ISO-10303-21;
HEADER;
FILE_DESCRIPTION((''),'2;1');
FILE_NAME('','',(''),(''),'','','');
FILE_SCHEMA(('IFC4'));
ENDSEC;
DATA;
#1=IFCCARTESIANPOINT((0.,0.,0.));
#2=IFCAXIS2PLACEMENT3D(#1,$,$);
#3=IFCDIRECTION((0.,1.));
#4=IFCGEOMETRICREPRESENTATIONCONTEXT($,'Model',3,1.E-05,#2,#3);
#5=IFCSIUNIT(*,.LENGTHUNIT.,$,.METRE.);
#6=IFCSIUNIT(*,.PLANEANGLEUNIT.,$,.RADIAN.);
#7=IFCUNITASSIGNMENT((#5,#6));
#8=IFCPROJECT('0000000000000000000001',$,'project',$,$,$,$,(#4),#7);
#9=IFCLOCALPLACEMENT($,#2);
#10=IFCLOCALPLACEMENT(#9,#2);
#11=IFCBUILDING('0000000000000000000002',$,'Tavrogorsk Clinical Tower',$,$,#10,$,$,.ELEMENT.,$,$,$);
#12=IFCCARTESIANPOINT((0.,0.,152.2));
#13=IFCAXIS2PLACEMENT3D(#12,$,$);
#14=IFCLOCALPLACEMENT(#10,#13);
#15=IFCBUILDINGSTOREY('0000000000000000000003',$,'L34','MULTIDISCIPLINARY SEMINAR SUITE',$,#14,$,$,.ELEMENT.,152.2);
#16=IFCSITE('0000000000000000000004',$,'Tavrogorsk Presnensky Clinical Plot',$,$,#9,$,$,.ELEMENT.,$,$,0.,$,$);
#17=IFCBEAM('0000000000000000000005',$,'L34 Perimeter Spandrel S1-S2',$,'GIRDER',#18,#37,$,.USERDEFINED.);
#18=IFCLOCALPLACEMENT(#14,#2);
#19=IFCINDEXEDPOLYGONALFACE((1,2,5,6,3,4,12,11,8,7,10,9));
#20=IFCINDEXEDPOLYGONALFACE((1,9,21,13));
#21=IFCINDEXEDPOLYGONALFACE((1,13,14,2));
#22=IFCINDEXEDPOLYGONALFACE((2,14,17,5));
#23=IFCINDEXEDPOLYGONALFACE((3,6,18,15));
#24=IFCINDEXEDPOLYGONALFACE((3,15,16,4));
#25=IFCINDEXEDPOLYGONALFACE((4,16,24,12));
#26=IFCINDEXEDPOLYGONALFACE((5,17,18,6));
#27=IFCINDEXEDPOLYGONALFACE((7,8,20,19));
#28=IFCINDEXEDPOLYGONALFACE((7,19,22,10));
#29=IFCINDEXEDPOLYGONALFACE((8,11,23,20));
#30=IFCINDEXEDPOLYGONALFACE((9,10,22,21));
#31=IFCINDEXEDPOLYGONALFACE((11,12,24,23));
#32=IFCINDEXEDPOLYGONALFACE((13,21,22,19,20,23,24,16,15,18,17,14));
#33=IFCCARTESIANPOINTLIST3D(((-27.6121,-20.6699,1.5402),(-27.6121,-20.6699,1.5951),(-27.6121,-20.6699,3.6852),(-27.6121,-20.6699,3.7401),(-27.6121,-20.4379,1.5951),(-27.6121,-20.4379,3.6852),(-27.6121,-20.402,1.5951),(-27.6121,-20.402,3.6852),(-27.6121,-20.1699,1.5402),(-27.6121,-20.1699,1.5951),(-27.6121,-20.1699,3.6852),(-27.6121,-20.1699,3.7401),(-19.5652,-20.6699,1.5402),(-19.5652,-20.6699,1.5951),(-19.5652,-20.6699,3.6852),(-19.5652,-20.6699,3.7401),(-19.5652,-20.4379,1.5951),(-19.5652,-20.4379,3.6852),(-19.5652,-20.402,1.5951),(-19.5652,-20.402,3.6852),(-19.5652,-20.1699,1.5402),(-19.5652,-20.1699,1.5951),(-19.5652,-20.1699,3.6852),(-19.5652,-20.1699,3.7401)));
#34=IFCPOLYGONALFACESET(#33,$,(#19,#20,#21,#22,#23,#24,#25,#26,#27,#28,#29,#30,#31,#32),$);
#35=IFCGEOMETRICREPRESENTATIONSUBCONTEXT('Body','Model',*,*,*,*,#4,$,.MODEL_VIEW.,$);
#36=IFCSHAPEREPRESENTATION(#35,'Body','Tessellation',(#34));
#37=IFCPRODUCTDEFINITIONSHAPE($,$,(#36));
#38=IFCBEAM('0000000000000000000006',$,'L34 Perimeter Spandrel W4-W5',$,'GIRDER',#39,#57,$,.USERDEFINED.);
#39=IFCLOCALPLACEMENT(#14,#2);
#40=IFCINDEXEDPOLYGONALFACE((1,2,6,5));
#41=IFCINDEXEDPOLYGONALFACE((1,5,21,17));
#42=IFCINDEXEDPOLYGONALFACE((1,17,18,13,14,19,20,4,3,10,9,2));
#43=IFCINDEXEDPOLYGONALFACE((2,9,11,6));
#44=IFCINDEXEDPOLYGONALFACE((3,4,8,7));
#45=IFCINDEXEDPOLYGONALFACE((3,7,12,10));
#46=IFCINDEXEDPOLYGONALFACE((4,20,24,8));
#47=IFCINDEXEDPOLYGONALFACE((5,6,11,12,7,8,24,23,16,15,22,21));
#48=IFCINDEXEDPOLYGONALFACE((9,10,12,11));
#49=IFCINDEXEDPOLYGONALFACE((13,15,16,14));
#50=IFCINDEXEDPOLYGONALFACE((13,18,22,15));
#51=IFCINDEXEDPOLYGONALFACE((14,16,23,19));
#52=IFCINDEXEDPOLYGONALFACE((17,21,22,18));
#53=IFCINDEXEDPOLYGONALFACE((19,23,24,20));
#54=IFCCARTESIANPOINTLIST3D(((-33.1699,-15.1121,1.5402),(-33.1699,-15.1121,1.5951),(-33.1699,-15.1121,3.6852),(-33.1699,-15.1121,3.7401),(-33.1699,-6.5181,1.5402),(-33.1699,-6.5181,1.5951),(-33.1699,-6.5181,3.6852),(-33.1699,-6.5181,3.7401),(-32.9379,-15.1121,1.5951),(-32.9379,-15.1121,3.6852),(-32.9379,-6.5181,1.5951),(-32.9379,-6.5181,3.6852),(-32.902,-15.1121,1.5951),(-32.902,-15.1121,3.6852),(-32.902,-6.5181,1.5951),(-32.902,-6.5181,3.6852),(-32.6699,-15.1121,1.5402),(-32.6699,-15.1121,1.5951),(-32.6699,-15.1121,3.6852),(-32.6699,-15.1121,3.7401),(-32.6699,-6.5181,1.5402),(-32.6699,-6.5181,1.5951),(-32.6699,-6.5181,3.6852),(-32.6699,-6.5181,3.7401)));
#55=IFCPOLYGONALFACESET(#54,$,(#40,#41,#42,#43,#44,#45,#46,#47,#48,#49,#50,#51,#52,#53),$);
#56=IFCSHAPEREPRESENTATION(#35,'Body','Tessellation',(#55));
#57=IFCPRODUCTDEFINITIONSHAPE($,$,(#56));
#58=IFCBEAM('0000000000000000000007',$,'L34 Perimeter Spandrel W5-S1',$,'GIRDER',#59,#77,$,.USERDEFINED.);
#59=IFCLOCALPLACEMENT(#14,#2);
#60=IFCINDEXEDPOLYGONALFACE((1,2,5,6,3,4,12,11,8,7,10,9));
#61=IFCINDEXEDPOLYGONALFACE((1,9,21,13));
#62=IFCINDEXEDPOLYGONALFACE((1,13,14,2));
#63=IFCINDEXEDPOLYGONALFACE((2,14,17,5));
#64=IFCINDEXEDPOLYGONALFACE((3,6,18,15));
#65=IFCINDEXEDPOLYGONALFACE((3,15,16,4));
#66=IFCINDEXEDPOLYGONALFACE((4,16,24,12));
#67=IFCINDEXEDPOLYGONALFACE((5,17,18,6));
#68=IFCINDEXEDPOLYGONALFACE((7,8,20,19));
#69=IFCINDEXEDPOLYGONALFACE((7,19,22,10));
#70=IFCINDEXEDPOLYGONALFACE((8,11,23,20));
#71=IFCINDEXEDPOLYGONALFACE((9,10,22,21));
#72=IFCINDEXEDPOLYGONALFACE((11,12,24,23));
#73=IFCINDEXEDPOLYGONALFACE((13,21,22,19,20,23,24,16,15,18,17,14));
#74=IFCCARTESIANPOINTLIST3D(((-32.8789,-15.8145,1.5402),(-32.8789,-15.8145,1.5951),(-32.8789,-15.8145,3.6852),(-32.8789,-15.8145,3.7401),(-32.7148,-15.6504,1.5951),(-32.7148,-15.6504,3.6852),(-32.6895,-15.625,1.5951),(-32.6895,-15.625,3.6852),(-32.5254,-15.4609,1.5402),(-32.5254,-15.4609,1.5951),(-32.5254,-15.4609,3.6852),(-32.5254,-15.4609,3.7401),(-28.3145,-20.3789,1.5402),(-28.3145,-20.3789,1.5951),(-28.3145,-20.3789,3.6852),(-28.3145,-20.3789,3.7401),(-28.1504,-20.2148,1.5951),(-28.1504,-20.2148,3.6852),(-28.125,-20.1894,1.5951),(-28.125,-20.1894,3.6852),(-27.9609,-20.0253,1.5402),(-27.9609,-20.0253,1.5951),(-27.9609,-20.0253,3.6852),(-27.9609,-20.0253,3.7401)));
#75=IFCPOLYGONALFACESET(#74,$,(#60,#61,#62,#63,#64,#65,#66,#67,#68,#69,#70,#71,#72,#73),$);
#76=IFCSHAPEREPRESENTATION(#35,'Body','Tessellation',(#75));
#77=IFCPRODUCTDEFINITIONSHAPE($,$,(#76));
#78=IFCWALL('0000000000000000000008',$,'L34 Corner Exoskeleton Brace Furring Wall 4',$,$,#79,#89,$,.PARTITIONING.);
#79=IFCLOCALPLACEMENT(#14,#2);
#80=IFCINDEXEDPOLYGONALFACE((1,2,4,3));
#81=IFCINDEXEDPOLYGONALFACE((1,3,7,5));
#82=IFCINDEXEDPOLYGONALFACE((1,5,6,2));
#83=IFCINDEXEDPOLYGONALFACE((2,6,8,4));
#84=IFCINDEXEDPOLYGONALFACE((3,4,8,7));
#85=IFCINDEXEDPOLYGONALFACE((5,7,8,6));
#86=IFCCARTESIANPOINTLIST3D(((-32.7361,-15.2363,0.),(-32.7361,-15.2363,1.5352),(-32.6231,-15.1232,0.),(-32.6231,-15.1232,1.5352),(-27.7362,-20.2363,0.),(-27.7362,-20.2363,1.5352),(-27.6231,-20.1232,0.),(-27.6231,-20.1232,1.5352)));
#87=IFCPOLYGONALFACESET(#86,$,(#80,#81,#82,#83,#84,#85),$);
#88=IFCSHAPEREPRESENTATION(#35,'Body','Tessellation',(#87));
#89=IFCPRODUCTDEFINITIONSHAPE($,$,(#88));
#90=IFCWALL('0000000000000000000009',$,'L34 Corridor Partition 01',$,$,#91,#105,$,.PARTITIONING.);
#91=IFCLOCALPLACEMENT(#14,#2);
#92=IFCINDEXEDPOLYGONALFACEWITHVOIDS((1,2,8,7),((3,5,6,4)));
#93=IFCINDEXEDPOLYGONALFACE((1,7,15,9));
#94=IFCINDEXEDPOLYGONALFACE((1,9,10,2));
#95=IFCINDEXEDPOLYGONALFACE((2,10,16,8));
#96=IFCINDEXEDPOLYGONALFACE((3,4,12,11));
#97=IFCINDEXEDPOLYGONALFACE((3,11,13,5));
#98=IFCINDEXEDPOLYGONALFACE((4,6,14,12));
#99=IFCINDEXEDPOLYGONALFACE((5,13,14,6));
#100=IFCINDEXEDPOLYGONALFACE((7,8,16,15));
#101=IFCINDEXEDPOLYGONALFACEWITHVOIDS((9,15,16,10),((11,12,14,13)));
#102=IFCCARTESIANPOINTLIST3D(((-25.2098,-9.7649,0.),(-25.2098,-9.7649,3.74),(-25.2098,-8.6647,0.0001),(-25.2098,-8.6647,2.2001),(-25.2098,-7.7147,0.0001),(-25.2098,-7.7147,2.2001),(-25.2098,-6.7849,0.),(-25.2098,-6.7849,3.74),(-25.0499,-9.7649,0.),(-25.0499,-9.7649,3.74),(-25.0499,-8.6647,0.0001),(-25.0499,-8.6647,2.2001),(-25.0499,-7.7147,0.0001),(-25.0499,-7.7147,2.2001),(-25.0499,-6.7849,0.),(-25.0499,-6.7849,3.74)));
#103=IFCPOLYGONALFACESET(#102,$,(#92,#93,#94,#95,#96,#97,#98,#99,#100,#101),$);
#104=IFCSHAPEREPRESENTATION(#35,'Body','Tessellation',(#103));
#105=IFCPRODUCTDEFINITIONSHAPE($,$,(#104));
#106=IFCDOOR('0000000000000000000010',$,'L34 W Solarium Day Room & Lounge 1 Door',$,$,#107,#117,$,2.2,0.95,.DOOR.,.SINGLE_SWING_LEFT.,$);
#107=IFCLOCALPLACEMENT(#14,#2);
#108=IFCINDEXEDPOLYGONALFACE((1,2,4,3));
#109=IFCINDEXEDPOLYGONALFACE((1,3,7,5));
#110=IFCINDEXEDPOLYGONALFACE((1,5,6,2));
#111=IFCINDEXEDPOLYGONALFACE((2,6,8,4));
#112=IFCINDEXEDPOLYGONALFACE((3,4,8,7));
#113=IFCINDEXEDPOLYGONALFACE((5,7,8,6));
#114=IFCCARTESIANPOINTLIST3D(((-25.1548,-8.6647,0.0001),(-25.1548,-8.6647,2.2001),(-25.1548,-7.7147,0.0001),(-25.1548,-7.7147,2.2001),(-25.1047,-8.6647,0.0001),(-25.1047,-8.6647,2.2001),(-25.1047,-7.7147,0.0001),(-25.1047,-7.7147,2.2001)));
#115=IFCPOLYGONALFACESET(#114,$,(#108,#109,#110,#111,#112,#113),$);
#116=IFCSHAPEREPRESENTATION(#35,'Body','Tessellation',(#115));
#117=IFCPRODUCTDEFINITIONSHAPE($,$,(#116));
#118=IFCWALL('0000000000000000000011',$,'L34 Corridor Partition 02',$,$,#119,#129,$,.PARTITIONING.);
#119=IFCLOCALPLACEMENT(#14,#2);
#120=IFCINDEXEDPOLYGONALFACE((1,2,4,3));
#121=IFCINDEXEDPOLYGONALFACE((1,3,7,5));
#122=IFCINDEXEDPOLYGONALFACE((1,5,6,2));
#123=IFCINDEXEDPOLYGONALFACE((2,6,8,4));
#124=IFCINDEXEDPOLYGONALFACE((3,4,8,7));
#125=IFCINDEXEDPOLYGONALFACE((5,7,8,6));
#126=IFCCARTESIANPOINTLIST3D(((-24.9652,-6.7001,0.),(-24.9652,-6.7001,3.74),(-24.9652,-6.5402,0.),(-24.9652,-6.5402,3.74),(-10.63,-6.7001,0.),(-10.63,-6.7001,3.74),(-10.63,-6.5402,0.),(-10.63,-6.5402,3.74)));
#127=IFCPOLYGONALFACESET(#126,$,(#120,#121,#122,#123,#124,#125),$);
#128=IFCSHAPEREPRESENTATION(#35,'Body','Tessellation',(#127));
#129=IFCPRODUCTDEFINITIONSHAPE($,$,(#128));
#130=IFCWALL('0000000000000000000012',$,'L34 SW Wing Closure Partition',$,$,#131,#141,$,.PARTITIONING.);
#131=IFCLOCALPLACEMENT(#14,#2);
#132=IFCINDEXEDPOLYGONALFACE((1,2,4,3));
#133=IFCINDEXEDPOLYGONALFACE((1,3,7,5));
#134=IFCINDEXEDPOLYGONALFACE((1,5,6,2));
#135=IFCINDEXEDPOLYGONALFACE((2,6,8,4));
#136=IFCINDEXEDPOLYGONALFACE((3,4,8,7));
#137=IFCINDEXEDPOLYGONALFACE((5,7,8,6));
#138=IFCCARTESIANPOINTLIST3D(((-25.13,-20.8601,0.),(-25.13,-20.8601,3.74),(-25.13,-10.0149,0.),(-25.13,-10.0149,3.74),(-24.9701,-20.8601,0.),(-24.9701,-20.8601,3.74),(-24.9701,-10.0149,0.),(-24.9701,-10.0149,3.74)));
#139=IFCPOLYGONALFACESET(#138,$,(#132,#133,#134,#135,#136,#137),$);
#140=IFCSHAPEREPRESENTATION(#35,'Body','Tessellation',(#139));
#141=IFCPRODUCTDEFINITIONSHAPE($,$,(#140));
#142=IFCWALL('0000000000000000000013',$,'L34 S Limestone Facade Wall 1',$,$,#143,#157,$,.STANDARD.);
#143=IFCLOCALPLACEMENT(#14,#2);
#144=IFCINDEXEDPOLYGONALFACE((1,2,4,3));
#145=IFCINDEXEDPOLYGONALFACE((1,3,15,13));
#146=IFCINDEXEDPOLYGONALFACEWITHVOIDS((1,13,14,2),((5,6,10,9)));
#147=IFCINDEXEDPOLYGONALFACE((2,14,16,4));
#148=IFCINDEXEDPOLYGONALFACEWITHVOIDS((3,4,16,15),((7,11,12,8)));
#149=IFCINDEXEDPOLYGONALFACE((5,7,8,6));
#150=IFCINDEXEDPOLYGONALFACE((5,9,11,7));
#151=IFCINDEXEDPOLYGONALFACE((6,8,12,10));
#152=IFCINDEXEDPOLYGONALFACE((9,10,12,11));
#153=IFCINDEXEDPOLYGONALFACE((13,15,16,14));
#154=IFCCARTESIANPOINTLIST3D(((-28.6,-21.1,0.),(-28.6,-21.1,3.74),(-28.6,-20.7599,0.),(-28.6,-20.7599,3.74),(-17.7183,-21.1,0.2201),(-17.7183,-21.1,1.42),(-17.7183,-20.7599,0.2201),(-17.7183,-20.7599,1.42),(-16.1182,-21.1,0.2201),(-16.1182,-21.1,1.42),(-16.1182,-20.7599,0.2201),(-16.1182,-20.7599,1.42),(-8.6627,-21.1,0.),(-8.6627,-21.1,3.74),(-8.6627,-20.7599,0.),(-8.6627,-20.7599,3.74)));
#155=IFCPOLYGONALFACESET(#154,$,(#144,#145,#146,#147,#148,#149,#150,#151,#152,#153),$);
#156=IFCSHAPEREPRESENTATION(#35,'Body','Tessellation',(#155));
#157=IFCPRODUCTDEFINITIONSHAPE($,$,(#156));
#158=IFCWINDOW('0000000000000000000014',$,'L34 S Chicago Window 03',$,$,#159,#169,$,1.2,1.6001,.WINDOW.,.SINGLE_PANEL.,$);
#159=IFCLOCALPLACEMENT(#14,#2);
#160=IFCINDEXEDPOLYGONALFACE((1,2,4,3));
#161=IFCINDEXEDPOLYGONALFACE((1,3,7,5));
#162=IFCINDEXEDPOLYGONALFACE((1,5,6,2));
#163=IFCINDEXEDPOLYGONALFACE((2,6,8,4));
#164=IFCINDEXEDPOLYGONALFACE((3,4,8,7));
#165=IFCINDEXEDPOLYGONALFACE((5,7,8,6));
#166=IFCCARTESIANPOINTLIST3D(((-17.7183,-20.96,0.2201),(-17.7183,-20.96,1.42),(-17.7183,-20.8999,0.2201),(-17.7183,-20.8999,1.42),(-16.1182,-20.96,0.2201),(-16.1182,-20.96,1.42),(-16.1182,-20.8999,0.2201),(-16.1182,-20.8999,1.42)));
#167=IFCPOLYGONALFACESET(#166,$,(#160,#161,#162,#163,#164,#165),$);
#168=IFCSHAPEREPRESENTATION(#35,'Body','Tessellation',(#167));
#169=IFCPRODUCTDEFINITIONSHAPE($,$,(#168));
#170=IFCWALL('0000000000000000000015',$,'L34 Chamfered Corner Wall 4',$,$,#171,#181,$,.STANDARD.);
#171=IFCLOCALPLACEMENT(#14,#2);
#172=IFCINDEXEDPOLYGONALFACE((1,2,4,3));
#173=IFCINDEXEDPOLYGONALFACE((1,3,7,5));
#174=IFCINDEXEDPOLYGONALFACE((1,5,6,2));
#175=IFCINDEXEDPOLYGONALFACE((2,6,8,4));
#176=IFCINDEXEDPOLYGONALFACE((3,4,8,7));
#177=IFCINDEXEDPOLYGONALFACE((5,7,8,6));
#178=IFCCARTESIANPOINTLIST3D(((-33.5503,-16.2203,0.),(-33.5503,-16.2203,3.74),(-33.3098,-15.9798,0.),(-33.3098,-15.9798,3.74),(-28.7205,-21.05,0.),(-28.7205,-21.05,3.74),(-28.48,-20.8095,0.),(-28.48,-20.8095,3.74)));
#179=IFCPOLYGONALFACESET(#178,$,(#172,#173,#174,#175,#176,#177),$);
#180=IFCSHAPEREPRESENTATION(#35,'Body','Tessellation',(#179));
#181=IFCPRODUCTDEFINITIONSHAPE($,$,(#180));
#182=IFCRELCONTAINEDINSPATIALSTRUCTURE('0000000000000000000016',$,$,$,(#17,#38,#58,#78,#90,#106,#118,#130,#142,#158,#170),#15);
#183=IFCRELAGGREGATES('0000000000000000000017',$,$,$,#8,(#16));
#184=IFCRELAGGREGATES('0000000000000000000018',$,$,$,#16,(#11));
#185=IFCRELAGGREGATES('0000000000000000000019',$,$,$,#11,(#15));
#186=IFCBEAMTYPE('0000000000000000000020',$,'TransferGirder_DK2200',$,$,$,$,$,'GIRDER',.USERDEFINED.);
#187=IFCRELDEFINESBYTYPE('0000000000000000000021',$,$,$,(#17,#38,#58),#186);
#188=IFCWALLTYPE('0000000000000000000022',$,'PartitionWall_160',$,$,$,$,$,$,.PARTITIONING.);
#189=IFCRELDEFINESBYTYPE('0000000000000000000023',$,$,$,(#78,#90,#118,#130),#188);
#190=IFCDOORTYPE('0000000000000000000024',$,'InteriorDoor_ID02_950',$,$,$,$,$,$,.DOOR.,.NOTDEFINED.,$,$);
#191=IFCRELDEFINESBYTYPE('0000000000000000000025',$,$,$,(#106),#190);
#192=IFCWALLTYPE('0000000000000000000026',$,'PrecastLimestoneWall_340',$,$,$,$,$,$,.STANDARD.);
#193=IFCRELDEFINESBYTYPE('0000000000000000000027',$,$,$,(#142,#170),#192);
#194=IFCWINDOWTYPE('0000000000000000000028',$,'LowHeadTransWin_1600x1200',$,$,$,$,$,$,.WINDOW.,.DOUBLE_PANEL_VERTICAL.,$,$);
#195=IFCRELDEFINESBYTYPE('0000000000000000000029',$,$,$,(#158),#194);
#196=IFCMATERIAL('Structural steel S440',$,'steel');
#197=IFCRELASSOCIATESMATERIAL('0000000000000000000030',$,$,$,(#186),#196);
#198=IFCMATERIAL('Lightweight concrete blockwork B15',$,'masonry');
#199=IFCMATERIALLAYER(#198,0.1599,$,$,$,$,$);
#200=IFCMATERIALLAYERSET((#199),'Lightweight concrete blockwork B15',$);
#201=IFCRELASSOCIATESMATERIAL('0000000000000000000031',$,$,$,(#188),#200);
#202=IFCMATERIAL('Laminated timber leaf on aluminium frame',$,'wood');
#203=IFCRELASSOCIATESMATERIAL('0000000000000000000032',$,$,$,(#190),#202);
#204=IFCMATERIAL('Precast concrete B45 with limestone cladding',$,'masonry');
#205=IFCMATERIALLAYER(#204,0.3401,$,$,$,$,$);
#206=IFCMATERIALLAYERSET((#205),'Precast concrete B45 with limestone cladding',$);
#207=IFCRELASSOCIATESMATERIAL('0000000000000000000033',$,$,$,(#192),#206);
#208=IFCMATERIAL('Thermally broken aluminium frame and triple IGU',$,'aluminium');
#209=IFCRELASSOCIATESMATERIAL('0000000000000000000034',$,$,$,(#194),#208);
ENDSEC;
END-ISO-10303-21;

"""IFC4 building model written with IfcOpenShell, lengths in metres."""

from ifc_helpers import new_model, si_unit, direction, frame, frame_2d, origin, origin_2d, place, context, subcontext, project, spatial, rectangle, i_section, extrude, material, layer, layer_set, material_profile, profile_set, type_object, element, fill, save


model = new_model("IFC4")

# Units and contexts
model_context = context("Model", 3, precision=1e-05, world=origin(), true_north=direction((0.0, 1.0)))
body_context = subcontext(model_context, "Body", "Model", "MODEL_VIEW")
ifc_project = project(units=[si_unit("LENGTHUNIT", "METRE"), si_unit("PLANEANGLEUNIT", "RADIAN")], contexts=[model_context])

# Site, building, storey
site_placement = place(None, origin())
site = spatial("IfcSite", under=ifc_project, at=site_placement, Name="Tavrogorsk Presnensky Clinical Plot", CompositionType="ELEMENT", RefElevation=0.0)
building_placement = place(site_placement, origin())
building = spatial("IfcBuilding", under=site, at=building_placement, Name="Tavrogorsk Clinical Tower", CompositionType="ELEMENT")
storey_placement = place(building_placement, frame((0.0, 0.0, 152.2)))
storey = spatial("IfcBuildingStorey", under=building, at=storey_placement, Name="L34", Description="MULTIDISCIPLINARY SEMINAR SUITE", CompositionType="ELEMENT", Elevation=152.2)

# Beams
ifc_material_1 = material(Name="Structural steel S440", Category="steel")
ifc_material_profile_1 = material_profile(ifc_material_1, i_section(OverallWidth=0.5, OverallDepth=2.2, WebThickness=0.0359, FlangeThickness=0.0549, at=origin_2d()), Name="DK-2200x500x36x55")
ifc_profile_set_1 = profile_set([ifc_material_profile_1], Name="Structural steel S440")
beam_type_1 = type_object("IfcBeamType", Name="TransferGirder_DK2200", ElementType="GIRDER", PredefinedType="USERDEFINED", material=ifc_profile_set_1)
beam_1_placement = place(storey_placement, frame((-27.6121, -20.4199, 2.6401), z_axis=(1.0, 0.0, 0.0), x_axis=(0.0, 1.0, 0.0)))
element("IfcBeam", 1, at=beam_1_placement, inside=storey, type_object=beam_type_1, Name="L34 Perimeter Spandrel S1-S2", ObjectType="GIRDER", PredefinedType="USERDEFINED", context=body_context, shape_type="SweptSolid", body=[
    extrude(i_section(OverallWidth=0.5, OverallDepth=2.2, WebThickness=0.0359, FlangeThickness=0.0549, at=origin_2d()), origin(), (0.0, 0.0, 1.0), 8.0469),
])
beam_2_placement = place(storey_placement, frame((-32.9199, -6.5181, 2.6401), z_axis=(0.0, -1.0, 0.0), x_axis=(1.0, 0.0, 0.0)))
element("IfcBeam", 2, at=beam_2_placement, inside=storey, type_object=beam_type_1, Name="L34 Perimeter Spandrel W4-W5", ObjectType="GIRDER", PredefinedType="USERDEFINED", context=body_context, shape_type="SweptSolid", body=[
    extrude(i_section(OverallWidth=0.5, OverallDepth=2.2, WebThickness=0.0359, FlangeThickness=0.0549, at=origin_2d()), origin(), (0.0, 0.0, 1.0), 8.594),
])
beam_3_placement = place(storey_placement, frame((-32.7021, -15.6377, 2.6401), z_axis=(0.707107, -0.707107, 0.0), x_axis=(0.707107, 0.707107, 0.0)))
element("IfcBeam", 3, at=beam_3_placement, inside=storey, type_object=beam_type_1, Name="L34 Perimeter Spandrel W5-S1", ObjectType="GIRDER", PredefinedType="USERDEFINED", context=body_context, shape_type="SweptSolid", body=[
    extrude(i_section(OverallWidth=0.5, OverallDepth=2.2, WebThickness=0.0359, FlangeThickness=0.0549, at=origin_2d()), origin(), (0.0, 0.0, 1.0), 6.4551),
])

# Wall
ifc_material_2 = material(Name="Lightweight concrete blockwork B15", Category="masonry")
ifc_layer_1 = layer(ifc_material_2, 0.1599)
ifc_layer_set_1 = layer_set([ifc_layer_1], Name="Lightweight concrete blockwork B15")
wall_type_1 = type_object("IfcWallType", Name="PartitionWall_160", PredefinedType="PARTITIONING", material=ifc_layer_set_1)
wall_1_placement = place(storey_placement, frame((-32.6797, -15.1797, 0.0), z_axis=(0.0, 0.0, 1.0), x_axis=(0.707107, -0.707107, 0.0)))
element("IfcWall", 4, at=wall_1_placement, inside=storey, type_object=wall_type_1, Name="L34 Corner Exoskeleton Brace Furring Wall 4", PredefinedType="PARTITIONING", context=body_context, shape_type="SweptSolid", body=[
    extrude(rectangle(XDim=7.071, YDim=0.1599, at=frame_2d((3.5356, 0.0))), origin(), (0.0, 0.0, 1.0), 1.5352),
])

# Wall, opening, door
wall_2_placement = place(storey_placement, frame((-25.1299, -9.7649, 0.0), z_axis=(0.0, 0.0, 1.0), x_axis=(0.0, 1.0, 0.0)))
wall_2 = element("IfcWall", 5, at=wall_2_placement, inside=storey, type_object=wall_type_1, Name="L34 Corridor Partition 01", PredefinedType="PARTITIONING", context=body_context, shape_type="SweptSolid", body=[
    extrude(rectangle(XDim=2.98, YDim=0.1599, at=frame_2d((1.49, 0.0))), origin(), (0.0, 0.0, 1.0), 3.74),
])
opening_1_placement = place(wall_2_placement, frame((1.1001, 0.0, 0.0)))
opening_1 = element("IfcOpeningElement", 6, at=opening_1_placement, cuts=wall_2, PredefinedType="OPENING", context=body_context, shape_type="SweptSolid", body=[
    extrude(rectangle(XDim=0.95, YDim=2.2, at=frame_2d((0.4751, 1.1001))), frame((0.0, 0.0898, 0.0), z_axis=(0.0, -1.0, 0.0), x_axis=(1.0, 0.0, 0.0)), (0.0, 0.0, 1.0), 0.1799),
])
ifc_material_3 = material(Name="Laminated timber leaf on aluminium frame", Category="wood")
door_type = type_object("IfcDoorType", Name="InteriorDoor_ID02_950", OperationType="NOTDEFINED", PredefinedType="DOOR", material=ifc_material_3)
door_placement = place(opening_1_placement, origin())
door = element("IfcDoor", 7, at=door_placement, inside=storey, type_object=door_type, Name="L34 W Solarium Day Room & Lounge 1 Door", OperationType="SINGLE_SWING_LEFT", OverallHeight=2.2, OverallWidth=0.95, PredefinedType="DOOR", context=body_context, shape_type="SweptSolid", body=[
    extrude(rectangle(XDim=0.95, YDim=2.2, at=frame_2d((0.4751, 1.1001))), frame((0.0, 0.0249, 0.0), z_axis=(0.0, -1.0, 0.0), x_axis=(1.0, 0.0, 0.0)), (0.0, 0.0, 1.0), 0.05),
])
fill(opening_1, door)

# Walls
wall_3_placement = place(storey_placement, frame((-24.9651, -6.6201, 0.0), z_axis=(0.0, 0.0, 1.0), x_axis=(1.0, 0.0, 0.0)))
element("IfcWall", 8, at=wall_3_placement, inside=storey, type_object=wall_type_1, Name="L34 Corridor Partition 02", PredefinedType="PARTITIONING", context=body_context, shape_type="SweptSolid", body=[
    extrude(rectangle(XDim=14.3352, YDim=0.1599, at=frame_2d((7.1675, 0.0))), origin(), (0.0, 0.0, 1.0), 3.74),
])
wall_4_placement = place(storey_placement, frame((-25.05, -20.8601, 0.0), z_axis=(0.0, 0.0, 1.0), x_axis=(0.0, 1.0, 0.0)))
element("IfcWall", 9, at=wall_4_placement, inside=storey, type_object=wall_type_1, Name="L34 SW Wing Closure Partition", PredefinedType="PARTITIONING", context=body_context, shape_type="SweptSolid", body=[
    extrude(rectangle(XDim=10.8452, YDim=0.1599, at=frame_2d((5.4226, 0.0))), origin(), (0.0, 0.0, 1.0), 3.74),
])

# Wall, opening, window
ifc_material_4 = material(Name="Precast concrete B45 with limestone cladding", Category="masonry")
ifc_layer_2 = layer(ifc_material_4, 0.3401)
ifc_layer_set_2 = layer_set([ifc_layer_2], Name="Precast concrete B45 with limestone cladding")
wall_type_2 = type_object("IfcWallType", Name="PrecastLimestoneWall_340", PredefinedType="STANDARD", material=ifc_layer_set_2)
wall_5_placement = place(storey_placement, frame((-28.6001, -20.9299, 0.0), z_axis=(0.0, 0.0, 1.0), x_axis=(1.0, 0.0, 0.0)))
wall_5 = element("IfcWall", 10, at=wall_5_placement, inside=storey, type_object=wall_type_2, Name="L34 S Limestone Facade Wall 1", PredefinedType="STANDARD", context=body_context, shape_type="SweptSolid", body=[
    extrude(rectangle(XDim=19.9373, YDim=0.3401, at=frame_2d((9.9688, 0.0))), origin(), (0.0, 0.0, 1.0), 3.74),
])
opening_2_placement = place(wall_5_placement, frame((10.8818, 0.0, 0.22)))
opening_2 = element("IfcOpeningElement", 11, at=opening_2_placement, cuts=wall_5, PredefinedType="OPENING", context=body_context, shape_type="SweptSolid", body=[
    extrude(rectangle(XDim=1.6001, YDim=1.2, at=frame_2d((0.8, 0.6001))), frame((0.0, 0.1799, 0.0), z_axis=(0.0, -1.0, 0.0), x_axis=(1.0, 0.0, 0.0)), (0.0, 0.0, 1.0), 0.3601),
])
ifc_material_5 = material(Name="Thermally broken aluminium frame and triple IGU", Category="aluminium")
window_type = type_object("IfcWindowType", Name="LowHeadTransWin_1600x1200", PartitioningType="DOUBLE_PANEL_VERTICAL", PredefinedType="WINDOW", material=ifc_material_5)
window_placement = place(opening_2_placement, origin())
window = element("IfcWindow", 12, at=window_placement, inside=storey, type_object=window_type, Name="L34 S Chicago Window 03", OverallHeight=1.2, OverallWidth=1.6001, PartitioningType="SINGLE_PANEL", PredefinedType="WINDOW", context=body_context, shape_type="SweptSolid", body=[
    extrude(rectangle(XDim=1.6001, YDim=1.2, at=frame_2d((0.8, 0.6001))), frame((0.0, 0.03, 0.0), z_axis=(0.0, -1.0, 0.0), x_axis=(1.0, 0.0, 0.0)), (0.0, 0.0, 1.0), 0.0601),
])
fill(opening_2, window)

# Wall
wall_6_placement = place(storey_placement, frame((-33.4299, -16.1001, 0.0), z_axis=(0.0, 0.0, 1.0), x_axis=(0.707107, -0.707107, 0.0)))
element("IfcWall", 13, at=wall_6_placement, inside=storey, type_object=wall_type_2, Name="L34 Chamfered Corner Wall 4", PredefinedType="STANDARD", context=body_context, shape_type="SweptSolid", body=[
    extrude(rectangle(XDim=6.8303, YDim=0.3401, at=frame_2d((3.415, 0.0))), origin(), (0.0, 0.0, 1.0), 3.74),
])

save(model, "model.ifc")
